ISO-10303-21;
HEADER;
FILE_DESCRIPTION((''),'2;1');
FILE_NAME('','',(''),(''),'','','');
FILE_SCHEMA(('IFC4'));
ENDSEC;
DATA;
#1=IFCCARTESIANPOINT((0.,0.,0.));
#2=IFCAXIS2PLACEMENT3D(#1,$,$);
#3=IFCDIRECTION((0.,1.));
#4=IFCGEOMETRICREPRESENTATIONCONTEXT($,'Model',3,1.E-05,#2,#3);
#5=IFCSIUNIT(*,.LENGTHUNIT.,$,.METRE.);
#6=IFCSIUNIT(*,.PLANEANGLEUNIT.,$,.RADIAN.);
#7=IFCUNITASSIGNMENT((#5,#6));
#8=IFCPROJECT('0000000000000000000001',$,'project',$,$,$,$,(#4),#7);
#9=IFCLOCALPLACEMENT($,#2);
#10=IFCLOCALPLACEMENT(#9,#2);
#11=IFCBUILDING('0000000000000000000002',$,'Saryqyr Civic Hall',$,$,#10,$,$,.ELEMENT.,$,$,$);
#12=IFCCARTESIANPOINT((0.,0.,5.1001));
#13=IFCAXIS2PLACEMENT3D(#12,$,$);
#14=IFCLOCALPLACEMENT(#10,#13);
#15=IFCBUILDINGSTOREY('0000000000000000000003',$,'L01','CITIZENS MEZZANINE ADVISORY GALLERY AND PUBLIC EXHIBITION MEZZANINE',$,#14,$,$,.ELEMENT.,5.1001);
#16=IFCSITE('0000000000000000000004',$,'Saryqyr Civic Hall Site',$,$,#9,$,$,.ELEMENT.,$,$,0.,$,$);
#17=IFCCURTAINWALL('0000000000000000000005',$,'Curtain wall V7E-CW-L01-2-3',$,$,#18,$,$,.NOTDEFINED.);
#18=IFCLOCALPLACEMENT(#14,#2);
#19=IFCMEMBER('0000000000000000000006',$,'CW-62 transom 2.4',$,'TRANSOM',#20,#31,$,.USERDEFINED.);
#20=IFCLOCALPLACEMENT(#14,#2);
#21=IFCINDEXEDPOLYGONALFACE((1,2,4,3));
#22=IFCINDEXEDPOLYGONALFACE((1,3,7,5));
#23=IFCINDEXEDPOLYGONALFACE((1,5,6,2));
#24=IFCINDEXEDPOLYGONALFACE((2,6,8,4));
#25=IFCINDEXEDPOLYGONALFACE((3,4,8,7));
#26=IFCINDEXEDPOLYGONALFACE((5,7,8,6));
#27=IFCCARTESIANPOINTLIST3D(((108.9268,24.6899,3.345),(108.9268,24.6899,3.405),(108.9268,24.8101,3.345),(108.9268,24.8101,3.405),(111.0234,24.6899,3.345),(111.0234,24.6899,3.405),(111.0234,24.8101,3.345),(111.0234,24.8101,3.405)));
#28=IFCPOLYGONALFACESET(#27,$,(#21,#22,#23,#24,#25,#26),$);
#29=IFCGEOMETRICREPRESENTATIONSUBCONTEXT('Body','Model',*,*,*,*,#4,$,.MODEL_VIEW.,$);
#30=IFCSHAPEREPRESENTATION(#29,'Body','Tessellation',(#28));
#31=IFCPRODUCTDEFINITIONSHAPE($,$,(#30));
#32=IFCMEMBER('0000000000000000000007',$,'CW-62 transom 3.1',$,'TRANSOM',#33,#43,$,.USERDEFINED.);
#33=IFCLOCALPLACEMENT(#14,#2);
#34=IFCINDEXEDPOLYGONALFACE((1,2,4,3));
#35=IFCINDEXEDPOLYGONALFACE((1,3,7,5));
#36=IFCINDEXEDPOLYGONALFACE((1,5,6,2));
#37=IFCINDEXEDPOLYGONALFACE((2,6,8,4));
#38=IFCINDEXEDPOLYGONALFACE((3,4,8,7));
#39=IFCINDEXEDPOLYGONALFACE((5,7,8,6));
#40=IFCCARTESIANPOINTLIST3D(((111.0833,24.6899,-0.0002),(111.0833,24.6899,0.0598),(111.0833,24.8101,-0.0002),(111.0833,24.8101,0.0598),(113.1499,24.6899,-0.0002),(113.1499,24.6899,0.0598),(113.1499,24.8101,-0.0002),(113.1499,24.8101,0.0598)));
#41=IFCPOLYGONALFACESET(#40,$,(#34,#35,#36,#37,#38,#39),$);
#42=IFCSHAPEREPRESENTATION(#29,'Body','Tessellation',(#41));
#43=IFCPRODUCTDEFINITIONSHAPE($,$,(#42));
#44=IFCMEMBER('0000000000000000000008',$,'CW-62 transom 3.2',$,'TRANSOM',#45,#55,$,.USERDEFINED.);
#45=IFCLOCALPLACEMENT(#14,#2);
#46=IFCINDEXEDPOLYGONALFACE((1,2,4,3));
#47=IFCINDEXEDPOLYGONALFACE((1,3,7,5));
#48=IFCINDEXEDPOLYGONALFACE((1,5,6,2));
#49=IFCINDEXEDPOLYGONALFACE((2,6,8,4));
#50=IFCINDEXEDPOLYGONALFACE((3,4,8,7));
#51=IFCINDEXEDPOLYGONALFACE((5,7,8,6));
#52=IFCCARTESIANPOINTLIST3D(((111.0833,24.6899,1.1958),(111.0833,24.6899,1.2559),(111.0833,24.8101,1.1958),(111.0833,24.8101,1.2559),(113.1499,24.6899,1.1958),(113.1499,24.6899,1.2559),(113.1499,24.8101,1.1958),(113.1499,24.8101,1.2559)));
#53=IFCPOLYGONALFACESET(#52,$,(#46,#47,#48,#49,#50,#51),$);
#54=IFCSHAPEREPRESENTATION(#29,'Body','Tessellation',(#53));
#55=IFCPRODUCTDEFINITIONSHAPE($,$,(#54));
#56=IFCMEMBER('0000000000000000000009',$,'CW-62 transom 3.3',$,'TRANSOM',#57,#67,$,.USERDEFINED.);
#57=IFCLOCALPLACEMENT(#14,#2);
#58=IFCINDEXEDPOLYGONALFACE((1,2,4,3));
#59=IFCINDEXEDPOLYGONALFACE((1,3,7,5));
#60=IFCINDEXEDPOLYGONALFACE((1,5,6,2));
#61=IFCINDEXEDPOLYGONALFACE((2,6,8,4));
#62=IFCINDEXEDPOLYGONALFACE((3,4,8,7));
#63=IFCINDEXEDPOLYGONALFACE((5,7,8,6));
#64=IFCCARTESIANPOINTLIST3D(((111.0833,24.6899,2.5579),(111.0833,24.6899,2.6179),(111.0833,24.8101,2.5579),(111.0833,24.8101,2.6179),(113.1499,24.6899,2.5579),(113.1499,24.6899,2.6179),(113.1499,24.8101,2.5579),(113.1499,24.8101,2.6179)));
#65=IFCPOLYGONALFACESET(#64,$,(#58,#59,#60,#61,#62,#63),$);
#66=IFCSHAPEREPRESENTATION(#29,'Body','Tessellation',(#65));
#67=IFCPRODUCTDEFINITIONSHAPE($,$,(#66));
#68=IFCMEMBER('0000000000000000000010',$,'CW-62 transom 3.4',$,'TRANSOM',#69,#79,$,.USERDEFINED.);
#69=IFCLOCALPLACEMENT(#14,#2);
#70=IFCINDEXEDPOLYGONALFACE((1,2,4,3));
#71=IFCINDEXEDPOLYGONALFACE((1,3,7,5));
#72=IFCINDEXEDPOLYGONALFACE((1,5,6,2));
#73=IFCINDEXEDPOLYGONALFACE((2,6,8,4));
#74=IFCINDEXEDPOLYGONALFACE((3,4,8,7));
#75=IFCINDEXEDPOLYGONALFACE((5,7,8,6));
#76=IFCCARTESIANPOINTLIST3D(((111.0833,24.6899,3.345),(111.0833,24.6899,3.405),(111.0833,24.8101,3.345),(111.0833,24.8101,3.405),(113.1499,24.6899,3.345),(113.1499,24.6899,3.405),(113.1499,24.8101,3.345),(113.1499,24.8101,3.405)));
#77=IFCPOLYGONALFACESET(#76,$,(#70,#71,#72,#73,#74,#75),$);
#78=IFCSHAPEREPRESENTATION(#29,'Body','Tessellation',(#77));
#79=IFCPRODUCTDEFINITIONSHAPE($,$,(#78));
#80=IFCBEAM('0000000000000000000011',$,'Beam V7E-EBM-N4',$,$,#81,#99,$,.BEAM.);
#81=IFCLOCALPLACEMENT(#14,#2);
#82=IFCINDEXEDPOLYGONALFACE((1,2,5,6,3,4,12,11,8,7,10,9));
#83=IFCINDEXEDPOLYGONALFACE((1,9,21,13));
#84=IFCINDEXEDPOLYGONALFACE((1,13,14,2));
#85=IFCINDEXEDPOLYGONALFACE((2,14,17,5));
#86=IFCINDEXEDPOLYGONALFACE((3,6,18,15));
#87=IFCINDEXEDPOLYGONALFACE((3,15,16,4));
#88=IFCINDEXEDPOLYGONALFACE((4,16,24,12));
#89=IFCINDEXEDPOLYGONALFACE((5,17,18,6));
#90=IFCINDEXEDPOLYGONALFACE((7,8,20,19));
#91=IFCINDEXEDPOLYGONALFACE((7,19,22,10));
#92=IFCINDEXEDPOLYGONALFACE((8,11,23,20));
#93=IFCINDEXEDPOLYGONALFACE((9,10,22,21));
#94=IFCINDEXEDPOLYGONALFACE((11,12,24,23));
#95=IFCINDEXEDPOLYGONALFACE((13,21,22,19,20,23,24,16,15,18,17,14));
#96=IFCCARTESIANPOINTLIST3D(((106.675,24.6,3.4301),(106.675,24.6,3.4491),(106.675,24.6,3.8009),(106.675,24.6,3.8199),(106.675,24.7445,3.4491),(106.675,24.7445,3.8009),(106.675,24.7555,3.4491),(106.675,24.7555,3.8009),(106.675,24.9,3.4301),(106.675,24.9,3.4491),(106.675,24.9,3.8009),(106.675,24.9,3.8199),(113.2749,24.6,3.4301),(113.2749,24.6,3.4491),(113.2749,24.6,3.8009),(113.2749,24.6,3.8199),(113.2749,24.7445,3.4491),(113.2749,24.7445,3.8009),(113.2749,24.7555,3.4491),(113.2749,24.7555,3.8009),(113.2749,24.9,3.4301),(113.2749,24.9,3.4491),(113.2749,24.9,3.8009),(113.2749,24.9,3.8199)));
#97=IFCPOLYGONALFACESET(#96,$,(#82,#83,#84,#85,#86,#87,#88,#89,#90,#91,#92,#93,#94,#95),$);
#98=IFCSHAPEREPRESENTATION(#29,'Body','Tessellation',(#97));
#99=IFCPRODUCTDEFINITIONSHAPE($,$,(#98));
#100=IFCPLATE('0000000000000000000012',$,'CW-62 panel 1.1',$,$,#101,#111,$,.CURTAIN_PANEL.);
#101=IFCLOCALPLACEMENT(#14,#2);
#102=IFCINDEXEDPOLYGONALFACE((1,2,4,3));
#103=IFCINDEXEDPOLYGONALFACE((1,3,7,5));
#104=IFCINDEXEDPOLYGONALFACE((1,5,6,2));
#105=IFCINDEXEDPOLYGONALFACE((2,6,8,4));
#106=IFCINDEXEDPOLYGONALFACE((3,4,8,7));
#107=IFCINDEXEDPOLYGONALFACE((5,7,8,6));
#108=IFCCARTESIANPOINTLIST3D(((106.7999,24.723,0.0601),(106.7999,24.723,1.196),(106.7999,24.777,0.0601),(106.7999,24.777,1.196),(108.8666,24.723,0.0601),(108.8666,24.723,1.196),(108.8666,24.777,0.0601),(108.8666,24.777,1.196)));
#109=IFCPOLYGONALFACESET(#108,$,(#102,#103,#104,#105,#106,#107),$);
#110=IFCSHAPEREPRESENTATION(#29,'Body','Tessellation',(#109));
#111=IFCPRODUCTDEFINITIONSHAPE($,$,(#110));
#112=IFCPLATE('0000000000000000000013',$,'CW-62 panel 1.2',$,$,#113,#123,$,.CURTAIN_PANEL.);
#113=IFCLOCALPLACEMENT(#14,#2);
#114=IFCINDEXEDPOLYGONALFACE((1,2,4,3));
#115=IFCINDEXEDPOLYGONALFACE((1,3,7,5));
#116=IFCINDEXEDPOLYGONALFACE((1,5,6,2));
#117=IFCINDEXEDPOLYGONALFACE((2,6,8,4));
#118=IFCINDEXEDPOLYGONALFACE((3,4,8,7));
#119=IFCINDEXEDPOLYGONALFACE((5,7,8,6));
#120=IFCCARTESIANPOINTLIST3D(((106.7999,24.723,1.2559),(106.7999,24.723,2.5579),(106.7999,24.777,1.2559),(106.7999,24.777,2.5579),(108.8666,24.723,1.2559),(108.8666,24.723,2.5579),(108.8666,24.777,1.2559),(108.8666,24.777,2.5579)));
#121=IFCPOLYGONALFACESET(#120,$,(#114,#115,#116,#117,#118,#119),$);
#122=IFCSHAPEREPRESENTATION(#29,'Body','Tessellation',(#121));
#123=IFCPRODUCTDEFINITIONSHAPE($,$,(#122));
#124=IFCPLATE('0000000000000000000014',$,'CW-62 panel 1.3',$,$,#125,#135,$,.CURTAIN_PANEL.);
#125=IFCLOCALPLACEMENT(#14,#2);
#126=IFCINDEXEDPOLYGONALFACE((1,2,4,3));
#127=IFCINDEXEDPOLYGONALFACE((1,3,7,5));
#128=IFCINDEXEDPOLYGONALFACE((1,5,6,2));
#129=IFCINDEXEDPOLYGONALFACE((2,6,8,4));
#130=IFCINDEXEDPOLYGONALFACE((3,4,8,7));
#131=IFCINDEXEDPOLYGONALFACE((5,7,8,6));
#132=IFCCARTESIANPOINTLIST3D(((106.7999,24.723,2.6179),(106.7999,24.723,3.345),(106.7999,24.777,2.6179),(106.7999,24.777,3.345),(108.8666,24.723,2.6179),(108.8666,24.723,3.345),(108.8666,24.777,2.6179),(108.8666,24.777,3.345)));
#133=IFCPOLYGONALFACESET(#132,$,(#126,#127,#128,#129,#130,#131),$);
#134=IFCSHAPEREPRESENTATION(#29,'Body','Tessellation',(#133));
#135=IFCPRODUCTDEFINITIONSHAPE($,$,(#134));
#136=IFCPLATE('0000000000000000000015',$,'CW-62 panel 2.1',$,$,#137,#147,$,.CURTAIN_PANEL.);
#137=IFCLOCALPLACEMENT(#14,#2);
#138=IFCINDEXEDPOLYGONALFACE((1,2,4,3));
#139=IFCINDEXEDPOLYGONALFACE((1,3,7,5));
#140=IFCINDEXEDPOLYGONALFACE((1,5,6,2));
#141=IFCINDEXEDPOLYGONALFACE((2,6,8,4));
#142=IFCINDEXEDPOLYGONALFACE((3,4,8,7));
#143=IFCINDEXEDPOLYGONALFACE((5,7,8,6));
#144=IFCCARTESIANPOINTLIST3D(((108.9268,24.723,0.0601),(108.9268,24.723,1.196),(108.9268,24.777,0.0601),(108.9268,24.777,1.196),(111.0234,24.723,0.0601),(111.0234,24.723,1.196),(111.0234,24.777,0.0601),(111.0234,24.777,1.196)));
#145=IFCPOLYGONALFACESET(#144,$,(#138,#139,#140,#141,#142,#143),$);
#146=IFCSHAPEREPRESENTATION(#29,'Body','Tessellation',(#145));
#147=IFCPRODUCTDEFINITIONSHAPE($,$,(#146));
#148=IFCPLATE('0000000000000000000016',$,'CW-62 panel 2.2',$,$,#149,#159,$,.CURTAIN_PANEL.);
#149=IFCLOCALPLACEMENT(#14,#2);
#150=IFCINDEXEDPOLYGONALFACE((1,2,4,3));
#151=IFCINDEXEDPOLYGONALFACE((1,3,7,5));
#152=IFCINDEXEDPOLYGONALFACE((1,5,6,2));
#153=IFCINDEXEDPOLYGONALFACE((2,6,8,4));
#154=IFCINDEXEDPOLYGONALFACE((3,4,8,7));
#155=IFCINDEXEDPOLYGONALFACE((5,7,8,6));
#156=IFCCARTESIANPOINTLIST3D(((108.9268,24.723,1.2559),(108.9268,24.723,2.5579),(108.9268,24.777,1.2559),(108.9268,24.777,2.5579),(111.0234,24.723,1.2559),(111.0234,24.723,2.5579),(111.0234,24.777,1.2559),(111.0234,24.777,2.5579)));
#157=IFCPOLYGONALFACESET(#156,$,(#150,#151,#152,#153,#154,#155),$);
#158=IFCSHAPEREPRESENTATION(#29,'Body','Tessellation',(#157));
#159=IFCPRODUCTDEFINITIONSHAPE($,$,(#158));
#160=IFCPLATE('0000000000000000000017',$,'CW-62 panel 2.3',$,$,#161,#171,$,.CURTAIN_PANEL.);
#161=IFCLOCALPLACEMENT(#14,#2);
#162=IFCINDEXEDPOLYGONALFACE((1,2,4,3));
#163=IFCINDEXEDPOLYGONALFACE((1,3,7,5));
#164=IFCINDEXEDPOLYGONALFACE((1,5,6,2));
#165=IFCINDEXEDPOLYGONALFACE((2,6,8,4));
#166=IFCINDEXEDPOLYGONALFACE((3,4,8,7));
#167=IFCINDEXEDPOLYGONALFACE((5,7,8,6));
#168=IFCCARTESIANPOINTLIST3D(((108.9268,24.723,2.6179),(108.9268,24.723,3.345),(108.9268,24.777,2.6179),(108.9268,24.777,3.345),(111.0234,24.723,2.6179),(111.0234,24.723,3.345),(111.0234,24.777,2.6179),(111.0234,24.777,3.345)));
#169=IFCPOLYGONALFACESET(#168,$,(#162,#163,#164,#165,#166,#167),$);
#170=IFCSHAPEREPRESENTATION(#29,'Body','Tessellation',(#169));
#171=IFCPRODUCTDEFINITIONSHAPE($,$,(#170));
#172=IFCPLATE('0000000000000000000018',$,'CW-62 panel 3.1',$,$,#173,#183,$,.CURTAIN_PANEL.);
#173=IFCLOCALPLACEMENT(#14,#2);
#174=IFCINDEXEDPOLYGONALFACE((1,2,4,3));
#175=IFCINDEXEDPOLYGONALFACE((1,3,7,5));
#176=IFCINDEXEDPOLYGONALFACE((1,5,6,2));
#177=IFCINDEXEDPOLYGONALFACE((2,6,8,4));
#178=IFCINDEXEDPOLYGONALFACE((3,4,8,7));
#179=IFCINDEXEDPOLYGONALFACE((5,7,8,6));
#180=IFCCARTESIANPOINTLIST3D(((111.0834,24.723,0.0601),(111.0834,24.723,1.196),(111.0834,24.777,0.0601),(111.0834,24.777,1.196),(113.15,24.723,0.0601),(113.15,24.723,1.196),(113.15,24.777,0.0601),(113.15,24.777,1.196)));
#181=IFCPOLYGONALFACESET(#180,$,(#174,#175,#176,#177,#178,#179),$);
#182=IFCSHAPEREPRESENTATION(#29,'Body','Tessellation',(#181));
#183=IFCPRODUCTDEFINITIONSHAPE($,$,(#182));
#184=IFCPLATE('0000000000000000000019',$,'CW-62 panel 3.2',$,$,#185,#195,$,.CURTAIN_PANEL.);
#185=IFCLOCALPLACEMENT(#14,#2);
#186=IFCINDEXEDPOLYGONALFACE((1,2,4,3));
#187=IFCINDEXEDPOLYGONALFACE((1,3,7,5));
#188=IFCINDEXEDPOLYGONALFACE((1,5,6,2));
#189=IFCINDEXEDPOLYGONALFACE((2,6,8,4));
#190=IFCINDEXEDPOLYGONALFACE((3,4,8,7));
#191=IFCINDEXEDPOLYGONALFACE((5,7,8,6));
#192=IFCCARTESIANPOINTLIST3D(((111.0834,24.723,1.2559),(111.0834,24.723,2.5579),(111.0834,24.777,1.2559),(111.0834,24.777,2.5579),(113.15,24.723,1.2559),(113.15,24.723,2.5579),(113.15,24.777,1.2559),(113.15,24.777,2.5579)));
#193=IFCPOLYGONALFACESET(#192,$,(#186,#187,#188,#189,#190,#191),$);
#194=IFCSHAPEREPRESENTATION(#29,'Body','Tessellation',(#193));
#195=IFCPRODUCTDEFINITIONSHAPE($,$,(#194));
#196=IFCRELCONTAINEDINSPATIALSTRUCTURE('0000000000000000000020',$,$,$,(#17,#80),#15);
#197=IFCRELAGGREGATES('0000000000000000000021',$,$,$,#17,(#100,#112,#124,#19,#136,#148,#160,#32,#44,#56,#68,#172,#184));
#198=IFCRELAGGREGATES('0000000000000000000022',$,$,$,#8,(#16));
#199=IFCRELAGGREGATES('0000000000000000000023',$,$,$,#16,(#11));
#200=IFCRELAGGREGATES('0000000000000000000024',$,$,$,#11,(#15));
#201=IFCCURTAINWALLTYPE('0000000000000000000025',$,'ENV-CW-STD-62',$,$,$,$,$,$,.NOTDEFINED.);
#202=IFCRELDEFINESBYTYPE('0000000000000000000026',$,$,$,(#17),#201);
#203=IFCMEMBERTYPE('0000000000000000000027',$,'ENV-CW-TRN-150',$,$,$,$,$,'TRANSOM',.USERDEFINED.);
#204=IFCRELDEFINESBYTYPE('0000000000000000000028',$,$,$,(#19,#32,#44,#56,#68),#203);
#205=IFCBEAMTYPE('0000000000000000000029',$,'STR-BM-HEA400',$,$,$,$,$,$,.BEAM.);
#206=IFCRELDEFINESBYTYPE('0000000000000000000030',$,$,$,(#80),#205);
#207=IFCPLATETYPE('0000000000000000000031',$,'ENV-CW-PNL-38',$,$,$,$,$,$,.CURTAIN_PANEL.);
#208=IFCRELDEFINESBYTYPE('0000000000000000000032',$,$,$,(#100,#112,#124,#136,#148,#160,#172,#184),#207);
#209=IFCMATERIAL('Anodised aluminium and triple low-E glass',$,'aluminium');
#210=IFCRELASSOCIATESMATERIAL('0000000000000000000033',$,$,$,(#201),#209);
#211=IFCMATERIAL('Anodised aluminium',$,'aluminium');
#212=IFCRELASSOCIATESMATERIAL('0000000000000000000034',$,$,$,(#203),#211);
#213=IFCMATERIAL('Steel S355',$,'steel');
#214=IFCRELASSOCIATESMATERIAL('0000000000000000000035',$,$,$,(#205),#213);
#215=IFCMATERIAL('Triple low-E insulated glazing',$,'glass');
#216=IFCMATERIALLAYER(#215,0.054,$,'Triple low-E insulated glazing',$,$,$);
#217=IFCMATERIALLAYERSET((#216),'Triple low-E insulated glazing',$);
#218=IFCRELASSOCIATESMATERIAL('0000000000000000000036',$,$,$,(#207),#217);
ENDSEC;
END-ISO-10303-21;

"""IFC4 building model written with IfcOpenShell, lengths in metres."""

from ifc_helpers import new_model, si_unit, direction, frame, origin, origin_2d, place, context, subcontext, project, spatial, rectangle, i_section, extrude, material, layer, layer_set, material_profile, profile_set, type_object, element, aggregate, save


model = new_model("IFC4")

# Units and contexts
model_context = context("Model", 3, precision=1e-05, world=origin(), true_north=direction((0.0, 1.0)))
body_context = subcontext(model_context, "Body", "Model", "MODEL_VIEW")
ifc_project = project(units=[si_unit("LENGTHUNIT", "METRE"), si_unit("PLANEANGLEUNIT", "RADIAN")], contexts=[model_context])

# Site, building, storey
site_placement = place(None, origin())
site = spatial("IfcSite", under=ifc_project, at=site_placement, Name="Saryqyr Civic Hall Site", CompositionType="ELEMENT", RefElevation=0.0)
building_placement = place(site_placement, origin())
building = spatial("IfcBuilding", under=site, at=building_placement, Name="Saryqyr Civic Hall", CompositionType="ELEMENT")
storey_placement = place(building_placement, frame((0.0, 0.0, 5.1001)))
storey = spatial("IfcBuildingStorey", under=building, at=storey_placement, Name="L01", Description="CITIZENS MEZZANINE ADVISORY GALLERY AND PUBLIC EXHIBITION MEZZANINE", CompositionType="ELEMENT", Elevation=5.1001)

# Curtain wall, members
ifc_material_1 = material(Name="Anodised aluminium and triple low-E glass", Category="aluminium")
curtain_wall_type = type_object("IfcCurtainWallType", Name="ENV-CW-STD-62", PredefinedType="NOTDEFINED", material=ifc_material_1)
curtain_wall_placement = place(storey_placement, origin())
curtain_wall = element("IfcCurtainWall", 1, at=curtain_wall_placement, inside=storey, type_object=curtain_wall_type, Name="Curtain wall V7E-CW-L01-2-3", PredefinedType="NOTDEFINED")
ifc_material_2 = material(Name="Anodised aluminium", Category="aluminium")
ifc_material_profile_1 = material_profile(ifc_material_2, rectangle(XDim=0.1201, YDim=0.0601, at=origin_2d()), Name="ALU TRANSOM 120x60")
ifc_profile_set_1 = profile_set([ifc_material_profile_1], Name="Anodised aluminium")
member_type_1 = type_object("IfcMemberType", Name="ENV-CW-TRN-150", ElementType="TRANSOM", PredefinedType="USERDEFINED", material=ifc_profile_set_1)
member_1_placement = place(storey_placement, frame((108.9268, 24.75, 3.375), z_axis=(1.0, 0.0, 0.0), x_axis=(0.0, 1.0, 0.0)))
member_1 = element("IfcMember", 2, at=member_1_placement, type_object=member_type_1, Name="CW-62 transom 2.4", ObjectType="TRANSOM", PredefinedType="USERDEFINED", context=body_context, shape_type="SweptSolid", body=[
    extrude(rectangle(XDim=0.1201, YDim=0.0601, at=origin_2d()), origin(), (0.0, 0.0, 1.0), 2.0967),
])
member_2_placement = place(storey_placement, frame((111.0833, 24.75, 0.0298), z_axis=(1.0, 0.0, 0.0), x_axis=(0.0, 1.0, 0.0)))
member_2 = element("IfcMember", 3, at=member_2_placement, type_object=member_type_1, Name="CW-62 transom 3.1", ObjectType="TRANSOM", PredefinedType="USERDEFINED", context=body_context, shape_type="SweptSolid", body=[
    extrude(rectangle(XDim=0.1201, YDim=0.0601, at=origin_2d()), origin(), (0.0, 0.0, 1.0), 2.0667),
])
member_3_placement = place(storey_placement, frame((111.0833, 24.75, 1.2258), z_axis=(1.0, 0.0, 0.0), x_axis=(0.0, 1.0, 0.0)))
member_3 = element("IfcMember", 4, at=member_3_placement, type_object=member_type_1, Name="CW-62 transom 3.2", ObjectType="TRANSOM", PredefinedType="USERDEFINED", context=body_context, shape_type="SweptSolid", body=[
    extrude(rectangle(XDim=0.1201, YDim=0.0601, at=origin_2d()), origin(), (0.0, 0.0, 1.0), 2.0667),
])
member_4_placement = place(storey_placement, frame((111.0833, 24.75, 2.5879), z_axis=(1.0, 0.0, 0.0), x_axis=(0.0, 1.0, 0.0)))
member_4 = element("IfcMember", 5, at=member_4_placement, type_object=member_type_1, Name="CW-62 transom 3.3", ObjectType="TRANSOM", PredefinedType="USERDEFINED", context=body_context, shape_type="SweptSolid", body=[
    extrude(rectangle(XDim=0.1201, YDim=0.0601, at=origin_2d()), origin(), (0.0, 0.0, 1.0), 2.0667),
])
member_5_placement = place(storey_placement, frame((111.0833, 24.75, 3.375), z_axis=(1.0, 0.0, 0.0), x_axis=(0.0, 1.0, 0.0)))
member_5 = element("IfcMember", 6, at=member_5_placement, type_object=member_type_1, Name="CW-62 transom 3.4", ObjectType="TRANSOM", PredefinedType="USERDEFINED", context=body_context, shape_type="SweptSolid", body=[
    extrude(rectangle(XDim=0.1201, YDim=0.0601, at=origin_2d()), origin(), (0.0, 0.0, 1.0), 2.0667),
])

# Beam
ifc_material_3 = material(Name="Steel S355", Category="steel")
ifc_material_profile_2 = material_profile(ifc_material_3, i_section(OverallWidth=0.3, OverallDepth=0.3899, WebThickness=0.011, FlangeThickness=0.019, at=origin_2d()), Name="HEA 400")
ifc_profile_set_2 = profile_set([ifc_material_profile_2], Name="Steel S355")
beam_type = type_object("IfcBeamType", Name="STR-BM-HEA400", PredefinedType="BEAM", material=ifc_profile_set_2)
beam_placement = place(storey_placement, frame((106.675, 24.75, 3.625), z_axis=(1.0, 0.0, 0.0), x_axis=(0.0, 1.0, 0.0)))
element("IfcBeam", 7, at=beam_placement, inside=storey, type_object=beam_type, Name="Beam V7E-EBM-N4", PredefinedType="BEAM", context=body_context, shape_type="SweptSolid", body=[
    extrude(i_section(OverallWidth=0.3, OverallDepth=0.3899, WebThickness=0.011, FlangeThickness=0.019, at=origin_2d()), origin(), (0.0, 0.0, 1.0), 6.5999),
])

# Plates
ifc_material_4 = material(Name="Triple low-E insulated glazing", Category="glass")
ifc_layer_1 = layer(ifc_material_4, 0.054, Name="Triple low-E insulated glazing")
ifc_layer_set_1 = layer_set([ifc_layer_1], Name="Triple low-E insulated glazing")
plate_type = type_object("IfcPlateType", Name="ENV-CW-PNL-38", PredefinedType="CURTAIN_PANEL", material=ifc_layer_set_1)
plate_1_placement = place(storey_placement, frame((107.8333, 24.75, 0.0601), z_axis=(0.0, 0.0, 1.0), x_axis=(1.0, 0.0, 0.0)))
plate_1 = element("IfcPlate", 8, at=plate_1_placement, type_object=plate_type, Name="CW-62 panel 1.1", PredefinedType="CURTAIN_PANEL", context=body_context, shape_type="SweptSolid", body=[
    extrude(rectangle(XDim=2.0667, YDim=0.054, at=origin_2d()), origin(), (0.0, 0.0, 1.0), 1.136),
])
plate_2_placement = place(storey_placement, frame((107.8333, 24.75, 1.2559), z_axis=(0.0, 0.0, 1.0), x_axis=(1.0, 0.0, 0.0)))
plate_2 = element("IfcPlate", 9, at=plate_2_placement, type_object=plate_type, Name="CW-62 panel 1.2", PredefinedType="CURTAIN_PANEL", context=body_context, shape_type="SweptSolid", body=[
    extrude(rectangle(XDim=2.0667, YDim=0.054, at=origin_2d()), origin(), (0.0, 0.0, 1.0), 1.302),
])
plate_3_placement = place(storey_placement, frame((107.8333, 24.75, 2.6179), z_axis=(0.0, 0.0, 1.0), x_axis=(1.0, 0.0, 0.0)))
plate_3 = element("IfcPlate", 10, at=plate_3_placement, type_object=plate_type, Name="CW-62 panel 1.3", PredefinedType="CURTAIN_PANEL", context=body_context, shape_type="SweptSolid", body=[
    extrude(rectangle(XDim=2.0667, YDim=0.054, at=origin_2d()), origin(), (0.0, 0.0, 1.0), 0.7271),
])
plate_4_placement = place(storey_placement, frame((109.9751, 24.75, 0.0601), z_axis=(0.0, 0.0, 1.0), x_axis=(1.0, 0.0, 0.0)))
plate_4 = element("IfcPlate", 11, at=plate_4_placement, type_object=plate_type, Name="CW-62 panel 2.1", PredefinedType="CURTAIN_PANEL", context=body_context, shape_type="SweptSolid", body=[
    extrude(rectangle(XDim=2.0967, YDim=0.054, at=origin_2d()), origin(), (0.0, 0.0, 1.0), 1.136),
])
plate_5_placement = place(storey_placement, frame((109.9751, 24.75, 1.2559), z_axis=(0.0, 0.0, 1.0), x_axis=(1.0, 0.0, 0.0)))
plate_5 = element("IfcPlate", 12, at=plate_5_placement, type_object=plate_type, Name="CW-62 panel 2.2", PredefinedType="CURTAIN_PANEL", context=body_context, shape_type="SweptSolid", body=[
    extrude(rectangle(XDim=2.0967, YDim=0.054, at=origin_2d()), origin(), (0.0, 0.0, 1.0), 1.302),
])
plate_6_placement = place(storey_placement, frame((109.9751, 24.75, 2.6179), z_axis=(0.0, 0.0, 1.0), x_axis=(1.0, 0.0, 0.0)))
plate_6 = element("IfcPlate", 13, at=plate_6_placement, type_object=plate_type, Name="CW-62 panel 2.3", PredefinedType="CURTAIN_PANEL", context=body_context, shape_type="SweptSolid", body=[
    extrude(rectangle(XDim=2.0967, YDim=0.054, at=origin_2d()), origin(), (0.0, 0.0, 1.0), 0.7271),
])
plate_7_placement = place(storey_placement, frame((112.1167, 24.75, 0.0601), z_axis=(0.0, 0.0, 1.0), x_axis=(1.0, 0.0, 0.0)))
plate_7 = element("IfcPlate", 14, at=plate_7_placement, type_object=plate_type, Name="CW-62 panel 3.1", PredefinedType="CURTAIN_PANEL", context=body_context, shape_type="SweptSolid", body=[
    extrude(rectangle(XDim=2.0667, YDim=0.054, at=origin_2d()), origin(), (0.0, 0.0, 1.0), 1.136),
])
plate_8_placement = place(storey_placement, frame((112.1167, 24.75, 1.2559), z_axis=(0.0, 0.0, 1.0), x_axis=(1.0, 0.0, 0.0)))
plate_8 = element("IfcPlate", 15, at=plate_8_placement, type_object=plate_type, Name="CW-62 panel 3.2", PredefinedType="CURTAIN_PANEL", context=body_context, shape_type="SweptSolid", body=[
    extrude(rectangle(XDim=2.0667, YDim=0.054, at=origin_2d()), origin(), (0.0, 0.0, 1.0), 1.302),
])
aggregate(curtain_wall, [plate_1, plate_2, plate_3, member_1, plate_4, plate_5, plate_6, member_2, member_3, member_4, member_5, plate_7, plate_8])

save(model, "model.ifc")
